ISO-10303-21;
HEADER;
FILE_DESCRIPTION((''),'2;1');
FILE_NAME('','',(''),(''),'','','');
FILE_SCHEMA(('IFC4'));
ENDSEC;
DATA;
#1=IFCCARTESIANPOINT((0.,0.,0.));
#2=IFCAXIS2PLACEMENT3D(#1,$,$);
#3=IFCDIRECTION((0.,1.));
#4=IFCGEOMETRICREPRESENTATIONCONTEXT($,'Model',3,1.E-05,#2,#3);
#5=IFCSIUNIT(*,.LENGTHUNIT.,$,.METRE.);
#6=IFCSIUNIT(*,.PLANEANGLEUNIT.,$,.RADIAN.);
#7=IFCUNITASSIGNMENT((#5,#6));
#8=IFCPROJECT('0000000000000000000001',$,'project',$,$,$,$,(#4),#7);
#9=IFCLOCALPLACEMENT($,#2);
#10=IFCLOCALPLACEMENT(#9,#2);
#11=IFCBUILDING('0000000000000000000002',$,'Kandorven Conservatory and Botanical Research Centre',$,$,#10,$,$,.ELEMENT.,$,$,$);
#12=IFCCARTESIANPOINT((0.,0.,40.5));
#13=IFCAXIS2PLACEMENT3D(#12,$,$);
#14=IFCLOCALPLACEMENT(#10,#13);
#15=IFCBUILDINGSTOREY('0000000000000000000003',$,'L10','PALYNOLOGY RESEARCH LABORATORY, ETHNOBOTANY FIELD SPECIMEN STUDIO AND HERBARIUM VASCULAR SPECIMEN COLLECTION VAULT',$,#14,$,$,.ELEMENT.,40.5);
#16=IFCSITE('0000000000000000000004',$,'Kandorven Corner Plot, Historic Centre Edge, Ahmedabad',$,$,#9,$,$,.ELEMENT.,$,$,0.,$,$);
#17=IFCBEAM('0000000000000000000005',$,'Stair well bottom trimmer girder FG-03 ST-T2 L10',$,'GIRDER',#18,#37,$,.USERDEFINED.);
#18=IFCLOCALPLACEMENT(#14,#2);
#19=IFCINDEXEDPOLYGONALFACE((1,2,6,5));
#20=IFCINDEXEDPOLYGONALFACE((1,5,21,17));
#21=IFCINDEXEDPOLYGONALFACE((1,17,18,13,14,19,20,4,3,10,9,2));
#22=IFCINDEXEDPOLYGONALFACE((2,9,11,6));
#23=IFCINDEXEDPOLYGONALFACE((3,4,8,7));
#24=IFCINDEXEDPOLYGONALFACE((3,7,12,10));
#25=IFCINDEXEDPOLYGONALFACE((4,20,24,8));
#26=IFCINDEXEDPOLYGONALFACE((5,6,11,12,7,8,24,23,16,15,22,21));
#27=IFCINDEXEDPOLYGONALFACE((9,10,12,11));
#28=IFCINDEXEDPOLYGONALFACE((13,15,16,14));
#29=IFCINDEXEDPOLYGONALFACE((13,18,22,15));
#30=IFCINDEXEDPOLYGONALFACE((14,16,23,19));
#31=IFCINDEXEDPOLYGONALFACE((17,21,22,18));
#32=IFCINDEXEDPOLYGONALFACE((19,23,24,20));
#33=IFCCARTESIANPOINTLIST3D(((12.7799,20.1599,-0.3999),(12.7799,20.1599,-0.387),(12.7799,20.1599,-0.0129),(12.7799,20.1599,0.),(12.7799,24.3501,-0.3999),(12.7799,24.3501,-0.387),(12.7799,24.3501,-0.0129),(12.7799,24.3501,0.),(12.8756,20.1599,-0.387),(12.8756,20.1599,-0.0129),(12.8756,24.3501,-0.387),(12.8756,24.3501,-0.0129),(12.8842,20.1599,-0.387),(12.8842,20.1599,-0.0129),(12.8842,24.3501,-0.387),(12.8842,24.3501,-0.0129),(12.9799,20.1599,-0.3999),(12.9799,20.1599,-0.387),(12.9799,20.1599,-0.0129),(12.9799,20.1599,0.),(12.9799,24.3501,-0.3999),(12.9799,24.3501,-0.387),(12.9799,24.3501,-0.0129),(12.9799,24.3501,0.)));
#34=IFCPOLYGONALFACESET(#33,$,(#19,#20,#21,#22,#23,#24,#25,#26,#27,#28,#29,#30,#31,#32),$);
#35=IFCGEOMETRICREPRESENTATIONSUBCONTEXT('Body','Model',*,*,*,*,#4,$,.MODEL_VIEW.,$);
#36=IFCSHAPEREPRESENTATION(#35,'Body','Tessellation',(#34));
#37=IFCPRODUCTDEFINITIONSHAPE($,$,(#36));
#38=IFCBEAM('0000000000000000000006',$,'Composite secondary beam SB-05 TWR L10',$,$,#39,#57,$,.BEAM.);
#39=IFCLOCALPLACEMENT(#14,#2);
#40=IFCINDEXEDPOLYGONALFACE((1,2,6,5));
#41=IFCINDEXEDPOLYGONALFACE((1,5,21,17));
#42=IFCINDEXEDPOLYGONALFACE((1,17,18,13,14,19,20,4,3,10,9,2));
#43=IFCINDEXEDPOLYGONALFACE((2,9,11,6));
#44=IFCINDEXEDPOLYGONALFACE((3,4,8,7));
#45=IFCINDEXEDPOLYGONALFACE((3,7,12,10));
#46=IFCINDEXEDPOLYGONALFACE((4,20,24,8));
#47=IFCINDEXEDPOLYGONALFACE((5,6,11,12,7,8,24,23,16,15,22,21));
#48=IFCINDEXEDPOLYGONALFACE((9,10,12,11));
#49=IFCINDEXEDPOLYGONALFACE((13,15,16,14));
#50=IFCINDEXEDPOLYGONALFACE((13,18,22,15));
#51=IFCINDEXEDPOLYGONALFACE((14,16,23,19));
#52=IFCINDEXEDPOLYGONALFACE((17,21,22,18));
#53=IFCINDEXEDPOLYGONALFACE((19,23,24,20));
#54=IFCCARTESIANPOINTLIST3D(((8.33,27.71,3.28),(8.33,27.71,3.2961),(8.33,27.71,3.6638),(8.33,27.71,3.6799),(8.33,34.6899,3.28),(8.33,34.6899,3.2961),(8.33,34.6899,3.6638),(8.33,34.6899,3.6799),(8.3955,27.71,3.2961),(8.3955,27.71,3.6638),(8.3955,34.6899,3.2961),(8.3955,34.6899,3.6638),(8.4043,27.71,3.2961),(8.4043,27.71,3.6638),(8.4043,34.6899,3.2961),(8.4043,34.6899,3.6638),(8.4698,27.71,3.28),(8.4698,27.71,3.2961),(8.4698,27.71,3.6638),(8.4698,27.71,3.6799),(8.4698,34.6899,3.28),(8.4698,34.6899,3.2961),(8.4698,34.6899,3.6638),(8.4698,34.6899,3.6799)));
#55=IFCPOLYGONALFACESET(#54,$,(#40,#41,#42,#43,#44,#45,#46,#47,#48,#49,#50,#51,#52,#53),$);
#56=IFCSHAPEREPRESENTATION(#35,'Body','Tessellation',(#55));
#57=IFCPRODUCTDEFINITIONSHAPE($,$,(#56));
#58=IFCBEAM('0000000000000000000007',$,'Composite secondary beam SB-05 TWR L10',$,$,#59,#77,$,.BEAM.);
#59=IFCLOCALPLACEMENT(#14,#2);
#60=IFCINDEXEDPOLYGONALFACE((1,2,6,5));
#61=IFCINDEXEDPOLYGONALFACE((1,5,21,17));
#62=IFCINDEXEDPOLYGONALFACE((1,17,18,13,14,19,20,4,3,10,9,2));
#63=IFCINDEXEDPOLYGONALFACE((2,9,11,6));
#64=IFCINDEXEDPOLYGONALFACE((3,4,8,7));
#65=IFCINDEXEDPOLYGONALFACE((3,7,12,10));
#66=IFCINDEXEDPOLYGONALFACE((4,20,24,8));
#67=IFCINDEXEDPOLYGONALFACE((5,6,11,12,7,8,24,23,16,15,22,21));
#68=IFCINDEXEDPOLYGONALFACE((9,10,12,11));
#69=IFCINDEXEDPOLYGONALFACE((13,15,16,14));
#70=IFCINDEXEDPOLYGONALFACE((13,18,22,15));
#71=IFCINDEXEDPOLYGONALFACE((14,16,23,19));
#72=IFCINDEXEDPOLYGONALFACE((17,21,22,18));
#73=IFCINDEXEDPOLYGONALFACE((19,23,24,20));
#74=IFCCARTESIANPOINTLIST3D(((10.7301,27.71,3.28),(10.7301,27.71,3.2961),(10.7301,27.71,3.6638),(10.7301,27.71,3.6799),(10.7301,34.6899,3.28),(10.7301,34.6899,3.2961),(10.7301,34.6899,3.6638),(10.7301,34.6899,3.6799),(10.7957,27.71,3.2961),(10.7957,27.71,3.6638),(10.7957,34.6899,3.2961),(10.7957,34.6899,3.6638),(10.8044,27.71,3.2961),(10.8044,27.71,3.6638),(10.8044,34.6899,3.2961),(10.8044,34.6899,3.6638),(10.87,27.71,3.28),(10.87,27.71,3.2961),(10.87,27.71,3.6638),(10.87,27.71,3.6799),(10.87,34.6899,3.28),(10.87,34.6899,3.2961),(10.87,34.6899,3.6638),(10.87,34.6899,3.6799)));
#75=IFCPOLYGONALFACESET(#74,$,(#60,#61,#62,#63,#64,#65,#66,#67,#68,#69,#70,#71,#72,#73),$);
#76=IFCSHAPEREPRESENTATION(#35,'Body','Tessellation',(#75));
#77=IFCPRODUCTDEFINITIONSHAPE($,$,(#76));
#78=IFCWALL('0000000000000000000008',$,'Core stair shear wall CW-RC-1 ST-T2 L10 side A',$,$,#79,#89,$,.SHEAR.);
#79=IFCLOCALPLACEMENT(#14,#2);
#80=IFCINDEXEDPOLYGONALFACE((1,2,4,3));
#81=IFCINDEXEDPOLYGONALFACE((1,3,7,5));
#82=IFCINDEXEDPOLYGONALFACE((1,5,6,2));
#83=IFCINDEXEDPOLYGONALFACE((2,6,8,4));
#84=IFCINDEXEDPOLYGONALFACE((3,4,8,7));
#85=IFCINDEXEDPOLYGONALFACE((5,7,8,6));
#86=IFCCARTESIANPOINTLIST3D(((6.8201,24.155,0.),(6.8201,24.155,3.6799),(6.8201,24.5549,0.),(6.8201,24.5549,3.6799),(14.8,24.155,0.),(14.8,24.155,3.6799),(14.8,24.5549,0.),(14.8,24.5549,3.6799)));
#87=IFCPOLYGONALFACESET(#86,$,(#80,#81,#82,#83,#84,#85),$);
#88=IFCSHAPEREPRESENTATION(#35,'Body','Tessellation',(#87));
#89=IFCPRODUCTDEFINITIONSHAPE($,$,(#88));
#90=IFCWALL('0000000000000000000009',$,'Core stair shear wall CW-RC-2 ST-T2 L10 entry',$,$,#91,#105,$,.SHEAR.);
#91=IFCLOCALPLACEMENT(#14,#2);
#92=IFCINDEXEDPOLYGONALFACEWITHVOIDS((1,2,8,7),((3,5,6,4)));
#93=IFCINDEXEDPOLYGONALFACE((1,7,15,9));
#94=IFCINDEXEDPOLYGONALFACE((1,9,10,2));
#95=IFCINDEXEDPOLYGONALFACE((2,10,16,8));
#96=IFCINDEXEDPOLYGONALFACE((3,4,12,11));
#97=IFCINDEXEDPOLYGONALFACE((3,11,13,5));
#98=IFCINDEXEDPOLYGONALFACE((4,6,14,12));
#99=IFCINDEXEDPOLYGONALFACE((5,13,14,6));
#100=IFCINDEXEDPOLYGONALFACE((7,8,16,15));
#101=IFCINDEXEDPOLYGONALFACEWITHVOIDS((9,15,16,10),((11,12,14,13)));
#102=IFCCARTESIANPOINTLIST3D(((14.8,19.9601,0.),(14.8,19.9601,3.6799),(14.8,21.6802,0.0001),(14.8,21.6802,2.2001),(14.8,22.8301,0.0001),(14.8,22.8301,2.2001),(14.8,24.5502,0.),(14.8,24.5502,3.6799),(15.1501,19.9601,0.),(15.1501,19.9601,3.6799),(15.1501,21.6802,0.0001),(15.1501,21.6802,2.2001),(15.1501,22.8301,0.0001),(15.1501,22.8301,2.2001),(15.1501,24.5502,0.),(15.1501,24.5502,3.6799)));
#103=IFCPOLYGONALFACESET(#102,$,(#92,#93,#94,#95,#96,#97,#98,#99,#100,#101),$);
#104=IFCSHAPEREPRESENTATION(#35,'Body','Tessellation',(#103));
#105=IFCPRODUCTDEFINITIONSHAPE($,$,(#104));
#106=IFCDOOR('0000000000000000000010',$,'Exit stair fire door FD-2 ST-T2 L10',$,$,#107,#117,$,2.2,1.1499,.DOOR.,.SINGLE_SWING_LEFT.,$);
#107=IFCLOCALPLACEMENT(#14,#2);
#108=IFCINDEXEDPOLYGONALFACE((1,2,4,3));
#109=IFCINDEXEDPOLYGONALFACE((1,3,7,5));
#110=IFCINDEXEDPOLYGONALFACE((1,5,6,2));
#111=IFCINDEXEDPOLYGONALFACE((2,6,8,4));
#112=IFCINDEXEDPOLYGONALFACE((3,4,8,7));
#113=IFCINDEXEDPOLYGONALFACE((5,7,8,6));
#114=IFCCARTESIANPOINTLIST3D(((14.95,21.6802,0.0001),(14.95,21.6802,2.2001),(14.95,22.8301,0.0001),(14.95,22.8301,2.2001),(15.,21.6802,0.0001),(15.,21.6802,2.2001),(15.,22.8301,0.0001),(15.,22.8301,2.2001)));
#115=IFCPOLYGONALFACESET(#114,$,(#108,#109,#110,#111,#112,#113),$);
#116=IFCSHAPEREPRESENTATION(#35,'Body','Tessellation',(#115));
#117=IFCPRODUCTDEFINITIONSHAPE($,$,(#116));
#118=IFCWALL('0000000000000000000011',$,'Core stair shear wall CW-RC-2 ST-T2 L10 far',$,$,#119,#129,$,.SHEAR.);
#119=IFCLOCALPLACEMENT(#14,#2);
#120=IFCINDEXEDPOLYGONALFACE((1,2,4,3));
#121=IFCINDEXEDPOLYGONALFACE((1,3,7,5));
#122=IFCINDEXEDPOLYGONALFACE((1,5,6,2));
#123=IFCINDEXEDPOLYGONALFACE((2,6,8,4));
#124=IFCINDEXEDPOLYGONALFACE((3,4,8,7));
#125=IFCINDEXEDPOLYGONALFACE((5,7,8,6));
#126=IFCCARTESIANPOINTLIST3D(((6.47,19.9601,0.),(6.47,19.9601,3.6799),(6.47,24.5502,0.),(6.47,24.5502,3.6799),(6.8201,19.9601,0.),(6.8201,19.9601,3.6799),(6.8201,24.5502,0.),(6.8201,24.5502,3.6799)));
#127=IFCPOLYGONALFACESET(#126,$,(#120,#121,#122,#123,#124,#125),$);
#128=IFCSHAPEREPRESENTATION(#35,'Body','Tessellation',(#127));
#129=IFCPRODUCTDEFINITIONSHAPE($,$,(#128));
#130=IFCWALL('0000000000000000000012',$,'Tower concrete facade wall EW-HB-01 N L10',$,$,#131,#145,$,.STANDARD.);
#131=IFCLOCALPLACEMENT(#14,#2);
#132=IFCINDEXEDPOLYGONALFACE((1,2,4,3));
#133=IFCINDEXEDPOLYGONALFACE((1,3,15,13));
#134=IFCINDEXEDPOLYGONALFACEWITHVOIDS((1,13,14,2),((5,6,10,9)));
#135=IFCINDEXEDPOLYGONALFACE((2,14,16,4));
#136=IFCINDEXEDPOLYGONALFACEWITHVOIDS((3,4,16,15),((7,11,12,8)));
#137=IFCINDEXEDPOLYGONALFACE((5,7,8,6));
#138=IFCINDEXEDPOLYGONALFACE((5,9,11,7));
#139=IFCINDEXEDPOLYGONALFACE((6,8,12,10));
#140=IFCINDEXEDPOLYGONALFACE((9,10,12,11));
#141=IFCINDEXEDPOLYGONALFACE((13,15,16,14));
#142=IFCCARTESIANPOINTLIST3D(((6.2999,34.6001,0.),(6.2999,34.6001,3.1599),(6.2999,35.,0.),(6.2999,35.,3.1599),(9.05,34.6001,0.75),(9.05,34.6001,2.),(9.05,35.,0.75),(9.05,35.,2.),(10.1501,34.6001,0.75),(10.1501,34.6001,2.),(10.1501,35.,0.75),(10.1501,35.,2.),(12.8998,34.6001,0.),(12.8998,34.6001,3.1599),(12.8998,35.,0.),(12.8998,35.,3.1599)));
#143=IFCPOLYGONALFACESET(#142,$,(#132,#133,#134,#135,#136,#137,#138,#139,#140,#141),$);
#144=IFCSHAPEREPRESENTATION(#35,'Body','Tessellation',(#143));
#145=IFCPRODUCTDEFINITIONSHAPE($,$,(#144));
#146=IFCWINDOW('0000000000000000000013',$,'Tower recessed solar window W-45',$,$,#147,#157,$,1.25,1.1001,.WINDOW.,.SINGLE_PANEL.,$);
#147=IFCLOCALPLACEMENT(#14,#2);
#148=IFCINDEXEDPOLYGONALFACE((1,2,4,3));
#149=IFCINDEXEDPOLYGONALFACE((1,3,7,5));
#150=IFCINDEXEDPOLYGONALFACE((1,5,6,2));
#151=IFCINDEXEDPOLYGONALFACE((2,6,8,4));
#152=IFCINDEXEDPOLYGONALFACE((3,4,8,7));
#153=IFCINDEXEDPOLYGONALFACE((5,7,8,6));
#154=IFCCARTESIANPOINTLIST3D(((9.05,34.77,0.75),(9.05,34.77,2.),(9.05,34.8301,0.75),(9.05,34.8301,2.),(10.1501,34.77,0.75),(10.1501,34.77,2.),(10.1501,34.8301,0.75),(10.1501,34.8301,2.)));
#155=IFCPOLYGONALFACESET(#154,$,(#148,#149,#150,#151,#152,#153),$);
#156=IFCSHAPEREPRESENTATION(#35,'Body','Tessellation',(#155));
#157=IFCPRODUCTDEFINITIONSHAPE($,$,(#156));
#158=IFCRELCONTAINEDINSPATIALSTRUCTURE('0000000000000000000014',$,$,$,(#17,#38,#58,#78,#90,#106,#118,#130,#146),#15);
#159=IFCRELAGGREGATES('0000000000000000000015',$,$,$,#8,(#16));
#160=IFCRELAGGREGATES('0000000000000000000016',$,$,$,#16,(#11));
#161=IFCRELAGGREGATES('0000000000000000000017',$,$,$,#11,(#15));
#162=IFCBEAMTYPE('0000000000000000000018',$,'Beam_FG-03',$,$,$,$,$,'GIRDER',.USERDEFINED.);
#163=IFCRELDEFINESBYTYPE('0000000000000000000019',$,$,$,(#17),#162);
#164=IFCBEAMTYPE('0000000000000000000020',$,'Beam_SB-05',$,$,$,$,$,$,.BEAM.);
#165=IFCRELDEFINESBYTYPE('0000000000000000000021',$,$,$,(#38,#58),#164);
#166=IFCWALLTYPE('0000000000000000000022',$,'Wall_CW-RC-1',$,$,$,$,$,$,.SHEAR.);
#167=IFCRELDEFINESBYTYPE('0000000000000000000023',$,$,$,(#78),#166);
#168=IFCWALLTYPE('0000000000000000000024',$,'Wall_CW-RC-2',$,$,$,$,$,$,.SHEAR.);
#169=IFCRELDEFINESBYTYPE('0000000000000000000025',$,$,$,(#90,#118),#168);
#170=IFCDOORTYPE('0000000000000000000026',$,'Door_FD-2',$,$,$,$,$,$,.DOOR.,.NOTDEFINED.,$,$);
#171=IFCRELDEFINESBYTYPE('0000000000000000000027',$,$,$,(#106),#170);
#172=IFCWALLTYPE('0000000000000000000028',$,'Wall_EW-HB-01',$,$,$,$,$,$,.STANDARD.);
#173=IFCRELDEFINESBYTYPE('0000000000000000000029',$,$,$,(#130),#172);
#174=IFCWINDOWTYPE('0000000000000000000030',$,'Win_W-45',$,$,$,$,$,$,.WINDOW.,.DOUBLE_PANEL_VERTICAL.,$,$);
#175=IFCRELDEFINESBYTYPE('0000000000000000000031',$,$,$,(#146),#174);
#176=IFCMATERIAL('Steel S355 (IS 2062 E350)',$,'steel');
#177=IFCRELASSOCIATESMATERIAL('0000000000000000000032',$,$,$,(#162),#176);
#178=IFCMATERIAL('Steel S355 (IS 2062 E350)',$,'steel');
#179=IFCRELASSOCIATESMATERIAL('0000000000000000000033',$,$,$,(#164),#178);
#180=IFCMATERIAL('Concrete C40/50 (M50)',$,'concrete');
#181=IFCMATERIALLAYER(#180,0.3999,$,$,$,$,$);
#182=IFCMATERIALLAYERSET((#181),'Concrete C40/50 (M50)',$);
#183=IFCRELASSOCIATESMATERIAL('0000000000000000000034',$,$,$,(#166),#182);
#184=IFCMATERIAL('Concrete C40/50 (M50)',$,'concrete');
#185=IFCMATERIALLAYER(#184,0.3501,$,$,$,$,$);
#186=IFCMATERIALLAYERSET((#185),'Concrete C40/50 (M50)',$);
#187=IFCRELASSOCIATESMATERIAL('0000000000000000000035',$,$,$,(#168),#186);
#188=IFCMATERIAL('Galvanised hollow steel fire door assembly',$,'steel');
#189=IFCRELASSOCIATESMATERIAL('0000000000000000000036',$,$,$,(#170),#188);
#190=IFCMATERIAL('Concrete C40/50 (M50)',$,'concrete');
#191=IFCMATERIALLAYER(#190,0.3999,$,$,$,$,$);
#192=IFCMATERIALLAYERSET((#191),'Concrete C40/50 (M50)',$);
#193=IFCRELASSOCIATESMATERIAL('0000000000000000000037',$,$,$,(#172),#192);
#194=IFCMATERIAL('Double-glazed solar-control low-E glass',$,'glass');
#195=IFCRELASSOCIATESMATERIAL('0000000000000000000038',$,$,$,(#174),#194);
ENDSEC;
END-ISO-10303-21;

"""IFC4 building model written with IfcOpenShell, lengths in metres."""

from ifc_helpers import new_model, si_unit, direction, frame, frame_2d, origin, origin_2d, place, context, subcontext, project, spatial, rectangle, i_section, extrude, material, layer, layer_set, material_profile, profile_set, type_object, element, fill, save


model = new_model("IFC4")

# Units and contexts
model_context = context("Model", 3, precision=1e-05, world=origin(), true_north=direction((0.0, 1.0)))
body_context = subcontext(model_context, "Body", "Model", "MODEL_VIEW")
ifc_project = project(units=[si_unit("LENGTHUNIT", "METRE"), si_unit("PLANEANGLEUNIT", "RADIAN")], contexts=[model_context])

# Site, building, storey
site_placement = place(None, origin())
site = spatial("IfcSite", under=ifc_project, at=site_placement, Name="Kandorven Corner Plot, Historic Centre Edge, Ahmedabad", CompositionType="ELEMENT", RefElevation=0.0)
building_placement = place(site_placement, origin())
building = spatial("IfcBuilding", under=site, at=building_placement, Name="Kandorven Conservatory and Botanical Research Centre", CompositionType="ELEMENT")
storey_placement = place(building_placement, frame((0.0, 0.0, 40.5)))
storey = spatial("IfcBuildingStorey", under=building, at=storey_placement, Name="L10", Description="PALYNOLOGY RESEARCH LABORATORY, ETHNOBOTANY FIELD SPECIMEN STUDIO AND HERBARIUM VASCULAR SPECIMEN COLLECTION VAULT", CompositionType="ELEMENT", Elevation=40.5)

# Beams
ifc_material_1 = material(Name="Steel S355 (IS 2062 E350)", Category="steel")
ifc_material_profile_1 = material_profile(ifc_material_1, i_section(OverallWidth=0.2, OverallDepth=0.3999, WebThickness=0.0085, FlangeThickness=0.0129, at=origin_2d()))
ifc_profile_set_1 = profile_set([ifc_material_profile_1], Name="Steel S355 (IS 2062 E350)")
beam_type_1 = type_object("IfcBeamType", Name="Beam_FG-03", ElementType="GIRDER", PredefinedType="USERDEFINED", material=ifc_profile_set_1)
beam_1_placement = place(storey_placement, frame((12.8799, 24.3501, -0.2), z_axis=(0.0, -1.0, 0.0), x_axis=(1.0, 0.0, 0.0)))
element("IfcBeam", 1, at=beam_1_placement, inside=storey, type_object=beam_type_1, Name="Stair well bottom trimmer girder FG-03 ST-T2 L10", ObjectType="GIRDER", PredefinedType="USERDEFINED", context=body_context, shape_type="SweptSolid", body=[
    extrude(i_section(OverallWidth=0.2, OverallDepth=0.3999, WebThickness=0.0085, FlangeThickness=0.0129, at=origin_2d()), origin(), (0.0, 0.0, 1.0), 4.1902),
])
ifc_material_2 = material(Name="Steel S355 (IS 2062 E350)", Category="steel")
ifc_material_profile_2 = material_profile(ifc_material_2, i_section(OverallWidth=0.1399, OverallDepth=0.3999, WebThickness=0.0088, FlangeThickness=0.0161, at=origin_2d()))
ifc_profile_set_2 = profile_set([ifc_material_profile_2], Name="Steel S355 (IS 2062 E350)")
beam_type_2 = type_object("IfcBeamType", Name="Beam_SB-05", PredefinedType="BEAM", material=ifc_profile_set_2)
for number, where, z_axis, x_axis, name in (
    (2, (8.3999, 27.71, 3.48), (0.0, 1.0, 0.0), (-1.0, 0.0, 0.0), "Composite secondary beam SB-05 TWR L10"),
    (3, (10.8, 27.71, 3.48), (0.0, 1.0, 0.0), (-1.0, 0.0, 0.0), "Composite secondary beam SB-05 TWR L10"),
):
    element("IfcBeam", number, at=place(storey_placement, frame(where, z_axis=z_axis, x_axis=x_axis)), inside=storey, type_object=beam_type_2, Name=name, PredefinedType="BEAM", context=body_context, shape_type="SweptSolid", body=[
        extrude(i_section(OverallWidth=0.1399, OverallDepth=0.3999, WebThickness=0.0088, FlangeThickness=0.0161, at=origin_2d()), origin(), (0.0, 0.0, 1.0), 6.98),
    ])

# Wall
ifc_material_3 = material(Name="Concrete C40/50 (M50)", Category="concrete")
ifc_layer_1 = layer(ifc_material_3, 0.3999)
ifc_layer_set_1 = layer_set([ifc_layer_1], Name="Concrete C40/50 (M50)")
wall_type_1 = type_object("IfcWallType", Name="Wall_CW-RC-1", PredefinedType="SHEAR", material=ifc_layer_set_1)
wall_1_placement = place(storey_placement, frame((14.8, 24.355, 0.0), z_axis=(0.0, 0.0, 1.0), x_axis=(-1.0, 0.0, 0.0)))
element("IfcWall", 4, at=wall_1_placement, inside=storey, type_object=wall_type_1, Name="Core stair shear wall CW-RC-1 ST-T2 L10 side A", PredefinedType="SHEAR", context=body_context, shape_type="SweptSolid", body=[
    extrude(rectangle(XDim=7.98, YDim=0.3999, at=frame_2d((3.99, 0.0))), origin(), (0.0, 0.0, 1.0), 3.6799),
])

# Wall, opening, door
ifc_material_4 = material(Name="Concrete C40/50 (M50)", Category="concrete")
ifc_layer_2 = layer(ifc_material_4, 0.3501)
ifc_layer_set_2 = layer_set([ifc_layer_2], Name="Concrete C40/50 (M50)")
wall_type_2 = type_object("IfcWallType", Name="Wall_CW-RC-2", PredefinedType="SHEAR", material=ifc_layer_set_2)
wall_2_placement = place(storey_placement, frame((14.9751, 24.55, 0.0), z_axis=(0.0, 0.0, 1.0), x_axis=(0.0, -1.0, 0.0)))
wall_2 = element("IfcWall", 5, at=wall_2_placement, inside=storey, type_object=wall_type_2, Name="Core stair shear wall CW-RC-2 ST-T2 L10 entry", PredefinedType="SHEAR", context=body_context, shape_type="SweptSolid", body=[
    extrude(rectangle(XDim=4.5901, YDim=0.3501, at=frame_2d((2.2949, 0.0))), origin(), (0.0, 0.0, 1.0), 3.6799),
])
opening_1_placement = place(wall_2_placement, frame((1.72, 0.0, 0.0)))
opening_1 = element("IfcOpeningElement", 6, at=opening_1_placement, cuts=wall_2, PredefinedType="OPENING", context=body_context, shape_type="SweptSolid", body=[
    extrude(rectangle(XDim=1.1499, YDim=2.2, at=frame_2d((0.575, 1.1001))), frame((0.0, 0.1851, 0.0), z_axis=(0.0, -1.0, 0.0), x_axis=(1.0, 0.0, 0.0)), (0.0, 0.0, 1.0), 0.3701),
])
ifc_material_5 = material(Name="Galvanised hollow steel fire door assembly", Category="steel")
door_type_1 = type_object("IfcDoorType", Name="Door_FD-2", OperationType="NOTDEFINED", PredefinedType="DOOR", material=ifc_material_5)
door_1_placement = place(opening_1_placement, origin())
door_1 = element("IfcDoor", 7, at=door_1_placement, inside=storey, type_object=door_type_1, Name="Exit stair fire door FD-2 ST-T2 L10", OperationType="SINGLE_SWING_LEFT", OverallHeight=2.2, OverallWidth=1.1499, PredefinedType="DOOR", context=body_context, shape_type="SweptSolid", body=[
    extrude(rectangle(XDim=1.1499, YDim=2.2, at=frame_2d((0.575, 1.1001))), frame((0.0, 0.0249, 0.0), z_axis=(0.0, -1.0, 0.0), x_axis=(1.0, 0.0, 0.0)), (0.0, 0.0, 1.0), 0.05),
])
fill(opening_1, door_1)

# Wall
wall_3_placement = place(storey_placement, frame((6.645, 24.55, 0.0), z_axis=(0.0, 0.0, 1.0), x_axis=(0.0, -1.0, 0.0)))
element("IfcWall", 8, at=wall_3_placement, inside=storey, type_object=wall_type_2, Name="Core stair shear wall CW-RC-2 ST-T2 L10 far", PredefinedType="SHEAR", context=body_context, shape_type="SweptSolid", body=[
    extrude(rectangle(XDim=4.5901, YDim=0.3501, at=frame_2d((2.2949, 0.0))), origin(), (0.0, 0.0, 1.0), 3.6799),
])

# Wall, opening, window
ifc_material_6 = material(Name="Concrete C40/50 (M50)", Category="concrete")
ifc_layer_3 = layer(ifc_material_6, 0.3999)
ifc_layer_set_3 = layer_set([ifc_layer_3], Name="Concrete C40/50 (M50)")
wall_type_3 = type_object("IfcWallType", Name="Wall_EW-HB-01", PredefinedType="STANDARD", material=ifc_layer_set_3)
wall_4_placement = place(storey_placement, frame((6.3, 34.8, 0.0), z_axis=(0.0, 0.0, 1.0), x_axis=(1.0, 0.0, 0.0)))
wall_4 = element("IfcWall", 9, at=wall_4_placement, inside=storey, type_object=wall_type_3, Name="Tower concrete facade wall EW-HB-01 N L10", PredefinedType="STANDARD", context=body_context, shape_type="SweptSolid", body=[
    extrude(rectangle(XDim=6.5999, YDim=0.3999, at=frame_2d((3.2998, 0.0))), origin(), (0.0, 0.0, 1.0), 3.1599),
])
opening_2_placement = place(wall_4_placement, frame((2.75, 0.0, 0.75)))
opening_2 = element("IfcOpeningElement", 10, at=opening_2_placement, cuts=wall_4, PredefinedType="OPENING", context=body_context, shape_type="SweptSolid", body=[
    extrude(rectangle(XDim=1.1001, YDim=1.25, at=frame_2d((0.55, 0.625))), frame((0.0, 0.21, 0.0), z_axis=(0.0, -1.0, 0.0), x_axis=(1.0, 0.0, 0.0)), (0.0, 0.0, 1.0), 0.4199),
])
ifc_material_7 = material(Name="Double-glazed solar-control low-E glass", Category="glass")
window_type_1 = type_object("IfcWindowType", Name="Win_W-45", PartitioningType="DOUBLE_PANEL_VERTICAL", PredefinedType="WINDOW", material=ifc_material_7)
window_1_placement = place(opening_2_placement, origin())
window_1 = element("IfcWindow", 11, at=window_1_placement, inside=storey, type_object=window_type_1, Name="Tower recessed solar window W-45", OverallHeight=1.25, OverallWidth=1.1001, PartitioningType="SINGLE_PANEL", PredefinedType="WINDOW", context=body_context, shape_type="SweptSolid", body=[
    extrude(rectangle(XDim=1.1001, YDim=1.25, at=frame_2d((0.55, 0.625))), frame((0.0, 0.03, 0.0), z_axis=(0.0, -1.0, 0.0), x_axis=(1.0, 0.0, 0.0)), (0.0, 0.0, 1.0), 0.0601),
])
fill(opening_2, window_1)

save(model, "model.ifc")
